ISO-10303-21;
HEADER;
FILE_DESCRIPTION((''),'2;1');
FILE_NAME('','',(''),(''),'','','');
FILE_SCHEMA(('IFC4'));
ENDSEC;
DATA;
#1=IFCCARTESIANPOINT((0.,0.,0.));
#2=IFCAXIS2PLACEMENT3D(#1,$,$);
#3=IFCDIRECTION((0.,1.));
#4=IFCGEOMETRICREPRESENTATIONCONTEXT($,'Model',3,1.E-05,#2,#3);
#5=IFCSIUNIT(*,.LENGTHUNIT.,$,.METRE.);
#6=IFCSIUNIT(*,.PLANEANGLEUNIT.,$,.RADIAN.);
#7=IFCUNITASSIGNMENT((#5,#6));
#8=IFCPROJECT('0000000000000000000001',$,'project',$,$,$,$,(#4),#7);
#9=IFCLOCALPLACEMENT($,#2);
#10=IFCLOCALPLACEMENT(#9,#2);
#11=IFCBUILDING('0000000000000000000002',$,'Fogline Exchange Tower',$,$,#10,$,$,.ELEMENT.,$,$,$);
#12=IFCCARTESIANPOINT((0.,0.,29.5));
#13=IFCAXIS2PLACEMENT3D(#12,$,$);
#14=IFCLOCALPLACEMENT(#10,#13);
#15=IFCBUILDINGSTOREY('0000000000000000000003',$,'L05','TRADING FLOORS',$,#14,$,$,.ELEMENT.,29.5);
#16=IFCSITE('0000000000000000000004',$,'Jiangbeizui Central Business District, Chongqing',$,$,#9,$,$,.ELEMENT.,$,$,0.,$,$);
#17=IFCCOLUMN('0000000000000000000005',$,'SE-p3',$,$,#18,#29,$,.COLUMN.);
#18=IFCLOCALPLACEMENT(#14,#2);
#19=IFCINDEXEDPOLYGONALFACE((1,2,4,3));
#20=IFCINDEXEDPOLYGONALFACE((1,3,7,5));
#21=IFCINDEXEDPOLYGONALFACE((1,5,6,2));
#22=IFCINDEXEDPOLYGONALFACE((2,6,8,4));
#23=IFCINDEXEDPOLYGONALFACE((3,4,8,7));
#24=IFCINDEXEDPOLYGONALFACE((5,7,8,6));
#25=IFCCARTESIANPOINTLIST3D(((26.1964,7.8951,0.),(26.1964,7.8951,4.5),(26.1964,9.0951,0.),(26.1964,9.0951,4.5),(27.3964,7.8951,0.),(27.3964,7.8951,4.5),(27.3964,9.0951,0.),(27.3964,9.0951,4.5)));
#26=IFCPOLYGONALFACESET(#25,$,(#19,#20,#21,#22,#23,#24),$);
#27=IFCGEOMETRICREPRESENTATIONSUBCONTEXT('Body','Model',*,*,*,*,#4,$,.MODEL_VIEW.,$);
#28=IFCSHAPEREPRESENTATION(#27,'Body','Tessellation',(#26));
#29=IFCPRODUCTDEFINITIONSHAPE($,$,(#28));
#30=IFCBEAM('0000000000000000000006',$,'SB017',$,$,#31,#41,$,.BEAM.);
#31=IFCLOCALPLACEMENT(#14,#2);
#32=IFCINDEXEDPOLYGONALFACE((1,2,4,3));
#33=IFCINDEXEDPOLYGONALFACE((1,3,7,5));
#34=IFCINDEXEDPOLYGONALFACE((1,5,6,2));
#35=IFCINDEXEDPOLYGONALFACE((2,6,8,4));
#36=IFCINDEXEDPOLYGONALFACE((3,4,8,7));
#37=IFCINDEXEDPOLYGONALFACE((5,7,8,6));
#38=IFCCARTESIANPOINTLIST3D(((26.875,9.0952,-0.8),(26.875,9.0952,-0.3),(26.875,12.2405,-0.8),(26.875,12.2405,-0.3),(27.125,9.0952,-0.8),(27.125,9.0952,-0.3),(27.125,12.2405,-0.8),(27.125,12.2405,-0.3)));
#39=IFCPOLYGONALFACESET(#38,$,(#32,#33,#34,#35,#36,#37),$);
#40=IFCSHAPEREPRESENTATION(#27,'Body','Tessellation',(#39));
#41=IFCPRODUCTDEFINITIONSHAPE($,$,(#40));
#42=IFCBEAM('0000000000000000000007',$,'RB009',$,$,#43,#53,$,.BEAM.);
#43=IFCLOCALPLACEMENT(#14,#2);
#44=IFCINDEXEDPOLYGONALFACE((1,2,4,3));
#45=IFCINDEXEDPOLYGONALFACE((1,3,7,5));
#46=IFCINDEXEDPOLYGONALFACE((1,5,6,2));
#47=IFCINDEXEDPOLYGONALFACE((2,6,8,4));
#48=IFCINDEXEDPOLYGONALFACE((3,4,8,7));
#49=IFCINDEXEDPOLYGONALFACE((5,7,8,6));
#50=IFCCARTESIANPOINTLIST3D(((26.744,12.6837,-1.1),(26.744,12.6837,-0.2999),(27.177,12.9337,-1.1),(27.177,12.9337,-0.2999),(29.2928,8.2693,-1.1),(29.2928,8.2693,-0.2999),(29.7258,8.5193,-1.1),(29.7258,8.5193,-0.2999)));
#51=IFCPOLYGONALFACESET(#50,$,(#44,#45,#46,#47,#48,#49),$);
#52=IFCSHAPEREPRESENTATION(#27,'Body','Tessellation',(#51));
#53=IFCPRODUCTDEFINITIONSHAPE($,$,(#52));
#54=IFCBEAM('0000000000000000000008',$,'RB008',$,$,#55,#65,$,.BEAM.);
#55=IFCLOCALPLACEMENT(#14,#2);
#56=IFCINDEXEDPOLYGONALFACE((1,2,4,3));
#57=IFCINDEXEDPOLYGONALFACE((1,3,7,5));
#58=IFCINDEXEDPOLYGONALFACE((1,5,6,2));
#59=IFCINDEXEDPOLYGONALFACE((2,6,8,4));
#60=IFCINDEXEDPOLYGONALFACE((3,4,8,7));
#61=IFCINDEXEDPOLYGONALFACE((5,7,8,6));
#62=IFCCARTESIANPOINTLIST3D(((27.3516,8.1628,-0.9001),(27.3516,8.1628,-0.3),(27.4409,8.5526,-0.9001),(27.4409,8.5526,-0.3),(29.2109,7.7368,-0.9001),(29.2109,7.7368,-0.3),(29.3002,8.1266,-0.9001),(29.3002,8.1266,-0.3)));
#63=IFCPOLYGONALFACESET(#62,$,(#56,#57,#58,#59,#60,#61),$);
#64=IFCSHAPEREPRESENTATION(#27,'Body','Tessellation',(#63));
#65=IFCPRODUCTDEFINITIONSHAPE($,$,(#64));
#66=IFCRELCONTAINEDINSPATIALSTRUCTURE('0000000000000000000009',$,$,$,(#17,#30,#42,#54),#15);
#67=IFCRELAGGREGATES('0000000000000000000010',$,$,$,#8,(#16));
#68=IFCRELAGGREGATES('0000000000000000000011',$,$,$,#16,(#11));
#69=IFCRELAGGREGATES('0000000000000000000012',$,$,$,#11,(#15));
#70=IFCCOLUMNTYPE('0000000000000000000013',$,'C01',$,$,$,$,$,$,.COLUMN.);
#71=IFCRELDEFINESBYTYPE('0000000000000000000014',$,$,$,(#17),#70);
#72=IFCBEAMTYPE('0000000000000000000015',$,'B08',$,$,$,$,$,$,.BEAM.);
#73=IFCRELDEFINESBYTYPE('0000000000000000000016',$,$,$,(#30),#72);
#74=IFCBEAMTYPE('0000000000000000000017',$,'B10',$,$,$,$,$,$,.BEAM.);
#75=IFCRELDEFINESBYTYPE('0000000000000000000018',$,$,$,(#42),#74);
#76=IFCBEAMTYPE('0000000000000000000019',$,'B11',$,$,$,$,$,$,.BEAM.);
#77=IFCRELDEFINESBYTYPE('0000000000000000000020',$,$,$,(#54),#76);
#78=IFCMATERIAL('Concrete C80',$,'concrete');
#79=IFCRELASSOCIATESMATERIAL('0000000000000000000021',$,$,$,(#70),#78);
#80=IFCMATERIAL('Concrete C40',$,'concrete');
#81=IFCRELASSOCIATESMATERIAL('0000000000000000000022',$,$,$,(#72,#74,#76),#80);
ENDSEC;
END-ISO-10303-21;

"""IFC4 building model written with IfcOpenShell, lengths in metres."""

from ifc_helpers import new_model, si_unit, direction, frame, origin, origin_2d, place, context, subcontext, project, spatial, rectangle, extrude, material, material_profile, profile_set, type_object, element, save


model = new_model("IFC4")

# Units and contexts
model_context = context("Model", 3, precision=1e-05, world=origin(), true_north=direction((0.0, 1.0)))
body_context = subcontext(model_context, "Body", "Model", "MODEL_VIEW")
ifc_project = project(units=[si_unit("LENGTHUNIT", "METRE"), si_unit("PLANEANGLEUNIT", "RADIAN")], contexts=[model_context])

# Site, building, storey
site_placement = place(None, origin())
site = spatial("IfcSite", under=ifc_project, at=site_placement, Name="Jiangbeizui Central Business District, Chongqing", CompositionType="ELEMENT", RefElevation=0.0)
building_placement = place(site_placement, origin())
building = spatial("IfcBuilding", under=site, at=building_placement, Name="Fogline Exchange Tower", CompositionType="ELEMENT")
storey_placement = place(building_placement, frame((0.0, 0.0, 29.5)))
storey = spatial("IfcBuildingStorey", under=building, at=storey_placement, Name="L05", Description="TRADING FLOORS", CompositionType="ELEMENT", Elevation=29.5)

# Column
ifc_material_1 = material(Name="Concrete C80", Category="concrete")
ifc_material_profile_1 = material_profile(ifc_material_1, rectangle(XDim=1.2, YDim=1.2, at=origin_2d()), Name="RC 1200x1200")
ifc_profile_set_1 = profile_set([ifc_material_profile_1], Name="Concrete C80")
column_type = type_object("IfcColumnType", Name="C01", PredefinedType="COLUMN", material=ifc_profile_set_1)
column_placement = place(storey_placement, frame((26.7964, 8.4951, 0.0), z_axis=(0.0, 0.0, 1.0), x_axis=(1.0, 0.0, 0.0)))
element("IfcColumn", 1, at=column_placement, inside=storey, type_object=column_type, Name="SE-p3", PredefinedType="COLUMN", context=body_context, shape_type="SweptSolid", body=[
    extrude(rectangle(XDim=1.2, YDim=1.2, at=origin_2d()), origin(), (0.0, 0.0, 1.0), 4.5),
])

# Beams
ifc_material_2 = material(Name="Concrete C40", Category="concrete")
ifc_material_profile_2 = material_profile(ifc_material_2, rectangle(XDim=0.25, YDim=0.5, at=origin_2d()), Name="RC 250x500")
ifc_profile_set_2 = profile_set([ifc_material_profile_2], Name="Concrete C40")
beam_type_1 = type_object("IfcBeamType", Name="B08", PredefinedType="BEAM", material=ifc_profile_set_2)
beam_1_placement = place(storey_placement, frame((27.0, 9.0952, -0.55), z_axis=(0.0, 1.0, 0.0), x_axis=(-1.0, 0.0, 0.0)))
element("IfcBeam", 2, at=beam_1_placement, inside=storey, type_object=beam_type_1, Name="SB017", PredefinedType="BEAM", context=body_context, shape_type="SweptSolid", body=[
    extrude(rectangle(XDim=0.25, YDim=0.5, at=origin_2d()), origin(), (0.0, 0.0, 1.0), 3.1453),
])
ifc_material_profile_3 = material_profile(ifc_material_2, rectangle(XDim=0.5, YDim=0.8, at=origin_2d()), Name="RC 500x800")
ifc_profile_set_3 = profile_set([ifc_material_profile_3], Name="Concrete C40")
beam_type_2 = type_object("IfcBeamType", Name="B10", PredefinedType="BEAM", material=ifc_profile_set_3)
beam_2_placement = place(storey_placement, frame((29.5093, 8.3943, -0.7), z_axis=(-0.500013, 0.866018, 0.0), x_axis=(-0.866018, -0.500013, 0.0)))
element("IfcBeam", 3, at=beam_2_placement, inside=storey, type_object=beam_type_2, Name="RB009", PredefinedType="BEAM", context=body_context, shape_type="SweptSolid", body=[
    extrude(rectangle(XDim=0.5, YDim=0.8, at=origin_2d()), origin(), (0.0, 0.0, 1.0), 5.0974),
])
ifc_material_profile_4 = material_profile(ifc_material_2, rectangle(XDim=0.3999, YDim=0.6001, at=origin_2d()), Name="RC 400x600")
ifc_profile_set_4 = profile_set([ifc_material_profile_4], Name="Concrete C40")
beam_type_3 = type_object("IfcBeamType", Name="B11", PredefinedType="BEAM", material=ifc_profile_set_4)
beam_3_placement = place(storey_placement, frame((27.3962, 8.3577, -0.6001), z_axis=(0.974742, -0.223336, 0.0), x_axis=(0.223336, 0.974742, 0.0)))
element("IfcBeam", 4, at=beam_3_placement, inside=storey, type_object=beam_type_3, Name="RB008", PredefinedType="BEAM", context=body_context, shape_type="SweptSolid", body=[
    extrude(rectangle(XDim=0.3999, YDim=0.6001, at=origin_2d()), origin(), (0.0, 0.0, 1.0), 1.9075),
])

save(model, "model.ifc")
